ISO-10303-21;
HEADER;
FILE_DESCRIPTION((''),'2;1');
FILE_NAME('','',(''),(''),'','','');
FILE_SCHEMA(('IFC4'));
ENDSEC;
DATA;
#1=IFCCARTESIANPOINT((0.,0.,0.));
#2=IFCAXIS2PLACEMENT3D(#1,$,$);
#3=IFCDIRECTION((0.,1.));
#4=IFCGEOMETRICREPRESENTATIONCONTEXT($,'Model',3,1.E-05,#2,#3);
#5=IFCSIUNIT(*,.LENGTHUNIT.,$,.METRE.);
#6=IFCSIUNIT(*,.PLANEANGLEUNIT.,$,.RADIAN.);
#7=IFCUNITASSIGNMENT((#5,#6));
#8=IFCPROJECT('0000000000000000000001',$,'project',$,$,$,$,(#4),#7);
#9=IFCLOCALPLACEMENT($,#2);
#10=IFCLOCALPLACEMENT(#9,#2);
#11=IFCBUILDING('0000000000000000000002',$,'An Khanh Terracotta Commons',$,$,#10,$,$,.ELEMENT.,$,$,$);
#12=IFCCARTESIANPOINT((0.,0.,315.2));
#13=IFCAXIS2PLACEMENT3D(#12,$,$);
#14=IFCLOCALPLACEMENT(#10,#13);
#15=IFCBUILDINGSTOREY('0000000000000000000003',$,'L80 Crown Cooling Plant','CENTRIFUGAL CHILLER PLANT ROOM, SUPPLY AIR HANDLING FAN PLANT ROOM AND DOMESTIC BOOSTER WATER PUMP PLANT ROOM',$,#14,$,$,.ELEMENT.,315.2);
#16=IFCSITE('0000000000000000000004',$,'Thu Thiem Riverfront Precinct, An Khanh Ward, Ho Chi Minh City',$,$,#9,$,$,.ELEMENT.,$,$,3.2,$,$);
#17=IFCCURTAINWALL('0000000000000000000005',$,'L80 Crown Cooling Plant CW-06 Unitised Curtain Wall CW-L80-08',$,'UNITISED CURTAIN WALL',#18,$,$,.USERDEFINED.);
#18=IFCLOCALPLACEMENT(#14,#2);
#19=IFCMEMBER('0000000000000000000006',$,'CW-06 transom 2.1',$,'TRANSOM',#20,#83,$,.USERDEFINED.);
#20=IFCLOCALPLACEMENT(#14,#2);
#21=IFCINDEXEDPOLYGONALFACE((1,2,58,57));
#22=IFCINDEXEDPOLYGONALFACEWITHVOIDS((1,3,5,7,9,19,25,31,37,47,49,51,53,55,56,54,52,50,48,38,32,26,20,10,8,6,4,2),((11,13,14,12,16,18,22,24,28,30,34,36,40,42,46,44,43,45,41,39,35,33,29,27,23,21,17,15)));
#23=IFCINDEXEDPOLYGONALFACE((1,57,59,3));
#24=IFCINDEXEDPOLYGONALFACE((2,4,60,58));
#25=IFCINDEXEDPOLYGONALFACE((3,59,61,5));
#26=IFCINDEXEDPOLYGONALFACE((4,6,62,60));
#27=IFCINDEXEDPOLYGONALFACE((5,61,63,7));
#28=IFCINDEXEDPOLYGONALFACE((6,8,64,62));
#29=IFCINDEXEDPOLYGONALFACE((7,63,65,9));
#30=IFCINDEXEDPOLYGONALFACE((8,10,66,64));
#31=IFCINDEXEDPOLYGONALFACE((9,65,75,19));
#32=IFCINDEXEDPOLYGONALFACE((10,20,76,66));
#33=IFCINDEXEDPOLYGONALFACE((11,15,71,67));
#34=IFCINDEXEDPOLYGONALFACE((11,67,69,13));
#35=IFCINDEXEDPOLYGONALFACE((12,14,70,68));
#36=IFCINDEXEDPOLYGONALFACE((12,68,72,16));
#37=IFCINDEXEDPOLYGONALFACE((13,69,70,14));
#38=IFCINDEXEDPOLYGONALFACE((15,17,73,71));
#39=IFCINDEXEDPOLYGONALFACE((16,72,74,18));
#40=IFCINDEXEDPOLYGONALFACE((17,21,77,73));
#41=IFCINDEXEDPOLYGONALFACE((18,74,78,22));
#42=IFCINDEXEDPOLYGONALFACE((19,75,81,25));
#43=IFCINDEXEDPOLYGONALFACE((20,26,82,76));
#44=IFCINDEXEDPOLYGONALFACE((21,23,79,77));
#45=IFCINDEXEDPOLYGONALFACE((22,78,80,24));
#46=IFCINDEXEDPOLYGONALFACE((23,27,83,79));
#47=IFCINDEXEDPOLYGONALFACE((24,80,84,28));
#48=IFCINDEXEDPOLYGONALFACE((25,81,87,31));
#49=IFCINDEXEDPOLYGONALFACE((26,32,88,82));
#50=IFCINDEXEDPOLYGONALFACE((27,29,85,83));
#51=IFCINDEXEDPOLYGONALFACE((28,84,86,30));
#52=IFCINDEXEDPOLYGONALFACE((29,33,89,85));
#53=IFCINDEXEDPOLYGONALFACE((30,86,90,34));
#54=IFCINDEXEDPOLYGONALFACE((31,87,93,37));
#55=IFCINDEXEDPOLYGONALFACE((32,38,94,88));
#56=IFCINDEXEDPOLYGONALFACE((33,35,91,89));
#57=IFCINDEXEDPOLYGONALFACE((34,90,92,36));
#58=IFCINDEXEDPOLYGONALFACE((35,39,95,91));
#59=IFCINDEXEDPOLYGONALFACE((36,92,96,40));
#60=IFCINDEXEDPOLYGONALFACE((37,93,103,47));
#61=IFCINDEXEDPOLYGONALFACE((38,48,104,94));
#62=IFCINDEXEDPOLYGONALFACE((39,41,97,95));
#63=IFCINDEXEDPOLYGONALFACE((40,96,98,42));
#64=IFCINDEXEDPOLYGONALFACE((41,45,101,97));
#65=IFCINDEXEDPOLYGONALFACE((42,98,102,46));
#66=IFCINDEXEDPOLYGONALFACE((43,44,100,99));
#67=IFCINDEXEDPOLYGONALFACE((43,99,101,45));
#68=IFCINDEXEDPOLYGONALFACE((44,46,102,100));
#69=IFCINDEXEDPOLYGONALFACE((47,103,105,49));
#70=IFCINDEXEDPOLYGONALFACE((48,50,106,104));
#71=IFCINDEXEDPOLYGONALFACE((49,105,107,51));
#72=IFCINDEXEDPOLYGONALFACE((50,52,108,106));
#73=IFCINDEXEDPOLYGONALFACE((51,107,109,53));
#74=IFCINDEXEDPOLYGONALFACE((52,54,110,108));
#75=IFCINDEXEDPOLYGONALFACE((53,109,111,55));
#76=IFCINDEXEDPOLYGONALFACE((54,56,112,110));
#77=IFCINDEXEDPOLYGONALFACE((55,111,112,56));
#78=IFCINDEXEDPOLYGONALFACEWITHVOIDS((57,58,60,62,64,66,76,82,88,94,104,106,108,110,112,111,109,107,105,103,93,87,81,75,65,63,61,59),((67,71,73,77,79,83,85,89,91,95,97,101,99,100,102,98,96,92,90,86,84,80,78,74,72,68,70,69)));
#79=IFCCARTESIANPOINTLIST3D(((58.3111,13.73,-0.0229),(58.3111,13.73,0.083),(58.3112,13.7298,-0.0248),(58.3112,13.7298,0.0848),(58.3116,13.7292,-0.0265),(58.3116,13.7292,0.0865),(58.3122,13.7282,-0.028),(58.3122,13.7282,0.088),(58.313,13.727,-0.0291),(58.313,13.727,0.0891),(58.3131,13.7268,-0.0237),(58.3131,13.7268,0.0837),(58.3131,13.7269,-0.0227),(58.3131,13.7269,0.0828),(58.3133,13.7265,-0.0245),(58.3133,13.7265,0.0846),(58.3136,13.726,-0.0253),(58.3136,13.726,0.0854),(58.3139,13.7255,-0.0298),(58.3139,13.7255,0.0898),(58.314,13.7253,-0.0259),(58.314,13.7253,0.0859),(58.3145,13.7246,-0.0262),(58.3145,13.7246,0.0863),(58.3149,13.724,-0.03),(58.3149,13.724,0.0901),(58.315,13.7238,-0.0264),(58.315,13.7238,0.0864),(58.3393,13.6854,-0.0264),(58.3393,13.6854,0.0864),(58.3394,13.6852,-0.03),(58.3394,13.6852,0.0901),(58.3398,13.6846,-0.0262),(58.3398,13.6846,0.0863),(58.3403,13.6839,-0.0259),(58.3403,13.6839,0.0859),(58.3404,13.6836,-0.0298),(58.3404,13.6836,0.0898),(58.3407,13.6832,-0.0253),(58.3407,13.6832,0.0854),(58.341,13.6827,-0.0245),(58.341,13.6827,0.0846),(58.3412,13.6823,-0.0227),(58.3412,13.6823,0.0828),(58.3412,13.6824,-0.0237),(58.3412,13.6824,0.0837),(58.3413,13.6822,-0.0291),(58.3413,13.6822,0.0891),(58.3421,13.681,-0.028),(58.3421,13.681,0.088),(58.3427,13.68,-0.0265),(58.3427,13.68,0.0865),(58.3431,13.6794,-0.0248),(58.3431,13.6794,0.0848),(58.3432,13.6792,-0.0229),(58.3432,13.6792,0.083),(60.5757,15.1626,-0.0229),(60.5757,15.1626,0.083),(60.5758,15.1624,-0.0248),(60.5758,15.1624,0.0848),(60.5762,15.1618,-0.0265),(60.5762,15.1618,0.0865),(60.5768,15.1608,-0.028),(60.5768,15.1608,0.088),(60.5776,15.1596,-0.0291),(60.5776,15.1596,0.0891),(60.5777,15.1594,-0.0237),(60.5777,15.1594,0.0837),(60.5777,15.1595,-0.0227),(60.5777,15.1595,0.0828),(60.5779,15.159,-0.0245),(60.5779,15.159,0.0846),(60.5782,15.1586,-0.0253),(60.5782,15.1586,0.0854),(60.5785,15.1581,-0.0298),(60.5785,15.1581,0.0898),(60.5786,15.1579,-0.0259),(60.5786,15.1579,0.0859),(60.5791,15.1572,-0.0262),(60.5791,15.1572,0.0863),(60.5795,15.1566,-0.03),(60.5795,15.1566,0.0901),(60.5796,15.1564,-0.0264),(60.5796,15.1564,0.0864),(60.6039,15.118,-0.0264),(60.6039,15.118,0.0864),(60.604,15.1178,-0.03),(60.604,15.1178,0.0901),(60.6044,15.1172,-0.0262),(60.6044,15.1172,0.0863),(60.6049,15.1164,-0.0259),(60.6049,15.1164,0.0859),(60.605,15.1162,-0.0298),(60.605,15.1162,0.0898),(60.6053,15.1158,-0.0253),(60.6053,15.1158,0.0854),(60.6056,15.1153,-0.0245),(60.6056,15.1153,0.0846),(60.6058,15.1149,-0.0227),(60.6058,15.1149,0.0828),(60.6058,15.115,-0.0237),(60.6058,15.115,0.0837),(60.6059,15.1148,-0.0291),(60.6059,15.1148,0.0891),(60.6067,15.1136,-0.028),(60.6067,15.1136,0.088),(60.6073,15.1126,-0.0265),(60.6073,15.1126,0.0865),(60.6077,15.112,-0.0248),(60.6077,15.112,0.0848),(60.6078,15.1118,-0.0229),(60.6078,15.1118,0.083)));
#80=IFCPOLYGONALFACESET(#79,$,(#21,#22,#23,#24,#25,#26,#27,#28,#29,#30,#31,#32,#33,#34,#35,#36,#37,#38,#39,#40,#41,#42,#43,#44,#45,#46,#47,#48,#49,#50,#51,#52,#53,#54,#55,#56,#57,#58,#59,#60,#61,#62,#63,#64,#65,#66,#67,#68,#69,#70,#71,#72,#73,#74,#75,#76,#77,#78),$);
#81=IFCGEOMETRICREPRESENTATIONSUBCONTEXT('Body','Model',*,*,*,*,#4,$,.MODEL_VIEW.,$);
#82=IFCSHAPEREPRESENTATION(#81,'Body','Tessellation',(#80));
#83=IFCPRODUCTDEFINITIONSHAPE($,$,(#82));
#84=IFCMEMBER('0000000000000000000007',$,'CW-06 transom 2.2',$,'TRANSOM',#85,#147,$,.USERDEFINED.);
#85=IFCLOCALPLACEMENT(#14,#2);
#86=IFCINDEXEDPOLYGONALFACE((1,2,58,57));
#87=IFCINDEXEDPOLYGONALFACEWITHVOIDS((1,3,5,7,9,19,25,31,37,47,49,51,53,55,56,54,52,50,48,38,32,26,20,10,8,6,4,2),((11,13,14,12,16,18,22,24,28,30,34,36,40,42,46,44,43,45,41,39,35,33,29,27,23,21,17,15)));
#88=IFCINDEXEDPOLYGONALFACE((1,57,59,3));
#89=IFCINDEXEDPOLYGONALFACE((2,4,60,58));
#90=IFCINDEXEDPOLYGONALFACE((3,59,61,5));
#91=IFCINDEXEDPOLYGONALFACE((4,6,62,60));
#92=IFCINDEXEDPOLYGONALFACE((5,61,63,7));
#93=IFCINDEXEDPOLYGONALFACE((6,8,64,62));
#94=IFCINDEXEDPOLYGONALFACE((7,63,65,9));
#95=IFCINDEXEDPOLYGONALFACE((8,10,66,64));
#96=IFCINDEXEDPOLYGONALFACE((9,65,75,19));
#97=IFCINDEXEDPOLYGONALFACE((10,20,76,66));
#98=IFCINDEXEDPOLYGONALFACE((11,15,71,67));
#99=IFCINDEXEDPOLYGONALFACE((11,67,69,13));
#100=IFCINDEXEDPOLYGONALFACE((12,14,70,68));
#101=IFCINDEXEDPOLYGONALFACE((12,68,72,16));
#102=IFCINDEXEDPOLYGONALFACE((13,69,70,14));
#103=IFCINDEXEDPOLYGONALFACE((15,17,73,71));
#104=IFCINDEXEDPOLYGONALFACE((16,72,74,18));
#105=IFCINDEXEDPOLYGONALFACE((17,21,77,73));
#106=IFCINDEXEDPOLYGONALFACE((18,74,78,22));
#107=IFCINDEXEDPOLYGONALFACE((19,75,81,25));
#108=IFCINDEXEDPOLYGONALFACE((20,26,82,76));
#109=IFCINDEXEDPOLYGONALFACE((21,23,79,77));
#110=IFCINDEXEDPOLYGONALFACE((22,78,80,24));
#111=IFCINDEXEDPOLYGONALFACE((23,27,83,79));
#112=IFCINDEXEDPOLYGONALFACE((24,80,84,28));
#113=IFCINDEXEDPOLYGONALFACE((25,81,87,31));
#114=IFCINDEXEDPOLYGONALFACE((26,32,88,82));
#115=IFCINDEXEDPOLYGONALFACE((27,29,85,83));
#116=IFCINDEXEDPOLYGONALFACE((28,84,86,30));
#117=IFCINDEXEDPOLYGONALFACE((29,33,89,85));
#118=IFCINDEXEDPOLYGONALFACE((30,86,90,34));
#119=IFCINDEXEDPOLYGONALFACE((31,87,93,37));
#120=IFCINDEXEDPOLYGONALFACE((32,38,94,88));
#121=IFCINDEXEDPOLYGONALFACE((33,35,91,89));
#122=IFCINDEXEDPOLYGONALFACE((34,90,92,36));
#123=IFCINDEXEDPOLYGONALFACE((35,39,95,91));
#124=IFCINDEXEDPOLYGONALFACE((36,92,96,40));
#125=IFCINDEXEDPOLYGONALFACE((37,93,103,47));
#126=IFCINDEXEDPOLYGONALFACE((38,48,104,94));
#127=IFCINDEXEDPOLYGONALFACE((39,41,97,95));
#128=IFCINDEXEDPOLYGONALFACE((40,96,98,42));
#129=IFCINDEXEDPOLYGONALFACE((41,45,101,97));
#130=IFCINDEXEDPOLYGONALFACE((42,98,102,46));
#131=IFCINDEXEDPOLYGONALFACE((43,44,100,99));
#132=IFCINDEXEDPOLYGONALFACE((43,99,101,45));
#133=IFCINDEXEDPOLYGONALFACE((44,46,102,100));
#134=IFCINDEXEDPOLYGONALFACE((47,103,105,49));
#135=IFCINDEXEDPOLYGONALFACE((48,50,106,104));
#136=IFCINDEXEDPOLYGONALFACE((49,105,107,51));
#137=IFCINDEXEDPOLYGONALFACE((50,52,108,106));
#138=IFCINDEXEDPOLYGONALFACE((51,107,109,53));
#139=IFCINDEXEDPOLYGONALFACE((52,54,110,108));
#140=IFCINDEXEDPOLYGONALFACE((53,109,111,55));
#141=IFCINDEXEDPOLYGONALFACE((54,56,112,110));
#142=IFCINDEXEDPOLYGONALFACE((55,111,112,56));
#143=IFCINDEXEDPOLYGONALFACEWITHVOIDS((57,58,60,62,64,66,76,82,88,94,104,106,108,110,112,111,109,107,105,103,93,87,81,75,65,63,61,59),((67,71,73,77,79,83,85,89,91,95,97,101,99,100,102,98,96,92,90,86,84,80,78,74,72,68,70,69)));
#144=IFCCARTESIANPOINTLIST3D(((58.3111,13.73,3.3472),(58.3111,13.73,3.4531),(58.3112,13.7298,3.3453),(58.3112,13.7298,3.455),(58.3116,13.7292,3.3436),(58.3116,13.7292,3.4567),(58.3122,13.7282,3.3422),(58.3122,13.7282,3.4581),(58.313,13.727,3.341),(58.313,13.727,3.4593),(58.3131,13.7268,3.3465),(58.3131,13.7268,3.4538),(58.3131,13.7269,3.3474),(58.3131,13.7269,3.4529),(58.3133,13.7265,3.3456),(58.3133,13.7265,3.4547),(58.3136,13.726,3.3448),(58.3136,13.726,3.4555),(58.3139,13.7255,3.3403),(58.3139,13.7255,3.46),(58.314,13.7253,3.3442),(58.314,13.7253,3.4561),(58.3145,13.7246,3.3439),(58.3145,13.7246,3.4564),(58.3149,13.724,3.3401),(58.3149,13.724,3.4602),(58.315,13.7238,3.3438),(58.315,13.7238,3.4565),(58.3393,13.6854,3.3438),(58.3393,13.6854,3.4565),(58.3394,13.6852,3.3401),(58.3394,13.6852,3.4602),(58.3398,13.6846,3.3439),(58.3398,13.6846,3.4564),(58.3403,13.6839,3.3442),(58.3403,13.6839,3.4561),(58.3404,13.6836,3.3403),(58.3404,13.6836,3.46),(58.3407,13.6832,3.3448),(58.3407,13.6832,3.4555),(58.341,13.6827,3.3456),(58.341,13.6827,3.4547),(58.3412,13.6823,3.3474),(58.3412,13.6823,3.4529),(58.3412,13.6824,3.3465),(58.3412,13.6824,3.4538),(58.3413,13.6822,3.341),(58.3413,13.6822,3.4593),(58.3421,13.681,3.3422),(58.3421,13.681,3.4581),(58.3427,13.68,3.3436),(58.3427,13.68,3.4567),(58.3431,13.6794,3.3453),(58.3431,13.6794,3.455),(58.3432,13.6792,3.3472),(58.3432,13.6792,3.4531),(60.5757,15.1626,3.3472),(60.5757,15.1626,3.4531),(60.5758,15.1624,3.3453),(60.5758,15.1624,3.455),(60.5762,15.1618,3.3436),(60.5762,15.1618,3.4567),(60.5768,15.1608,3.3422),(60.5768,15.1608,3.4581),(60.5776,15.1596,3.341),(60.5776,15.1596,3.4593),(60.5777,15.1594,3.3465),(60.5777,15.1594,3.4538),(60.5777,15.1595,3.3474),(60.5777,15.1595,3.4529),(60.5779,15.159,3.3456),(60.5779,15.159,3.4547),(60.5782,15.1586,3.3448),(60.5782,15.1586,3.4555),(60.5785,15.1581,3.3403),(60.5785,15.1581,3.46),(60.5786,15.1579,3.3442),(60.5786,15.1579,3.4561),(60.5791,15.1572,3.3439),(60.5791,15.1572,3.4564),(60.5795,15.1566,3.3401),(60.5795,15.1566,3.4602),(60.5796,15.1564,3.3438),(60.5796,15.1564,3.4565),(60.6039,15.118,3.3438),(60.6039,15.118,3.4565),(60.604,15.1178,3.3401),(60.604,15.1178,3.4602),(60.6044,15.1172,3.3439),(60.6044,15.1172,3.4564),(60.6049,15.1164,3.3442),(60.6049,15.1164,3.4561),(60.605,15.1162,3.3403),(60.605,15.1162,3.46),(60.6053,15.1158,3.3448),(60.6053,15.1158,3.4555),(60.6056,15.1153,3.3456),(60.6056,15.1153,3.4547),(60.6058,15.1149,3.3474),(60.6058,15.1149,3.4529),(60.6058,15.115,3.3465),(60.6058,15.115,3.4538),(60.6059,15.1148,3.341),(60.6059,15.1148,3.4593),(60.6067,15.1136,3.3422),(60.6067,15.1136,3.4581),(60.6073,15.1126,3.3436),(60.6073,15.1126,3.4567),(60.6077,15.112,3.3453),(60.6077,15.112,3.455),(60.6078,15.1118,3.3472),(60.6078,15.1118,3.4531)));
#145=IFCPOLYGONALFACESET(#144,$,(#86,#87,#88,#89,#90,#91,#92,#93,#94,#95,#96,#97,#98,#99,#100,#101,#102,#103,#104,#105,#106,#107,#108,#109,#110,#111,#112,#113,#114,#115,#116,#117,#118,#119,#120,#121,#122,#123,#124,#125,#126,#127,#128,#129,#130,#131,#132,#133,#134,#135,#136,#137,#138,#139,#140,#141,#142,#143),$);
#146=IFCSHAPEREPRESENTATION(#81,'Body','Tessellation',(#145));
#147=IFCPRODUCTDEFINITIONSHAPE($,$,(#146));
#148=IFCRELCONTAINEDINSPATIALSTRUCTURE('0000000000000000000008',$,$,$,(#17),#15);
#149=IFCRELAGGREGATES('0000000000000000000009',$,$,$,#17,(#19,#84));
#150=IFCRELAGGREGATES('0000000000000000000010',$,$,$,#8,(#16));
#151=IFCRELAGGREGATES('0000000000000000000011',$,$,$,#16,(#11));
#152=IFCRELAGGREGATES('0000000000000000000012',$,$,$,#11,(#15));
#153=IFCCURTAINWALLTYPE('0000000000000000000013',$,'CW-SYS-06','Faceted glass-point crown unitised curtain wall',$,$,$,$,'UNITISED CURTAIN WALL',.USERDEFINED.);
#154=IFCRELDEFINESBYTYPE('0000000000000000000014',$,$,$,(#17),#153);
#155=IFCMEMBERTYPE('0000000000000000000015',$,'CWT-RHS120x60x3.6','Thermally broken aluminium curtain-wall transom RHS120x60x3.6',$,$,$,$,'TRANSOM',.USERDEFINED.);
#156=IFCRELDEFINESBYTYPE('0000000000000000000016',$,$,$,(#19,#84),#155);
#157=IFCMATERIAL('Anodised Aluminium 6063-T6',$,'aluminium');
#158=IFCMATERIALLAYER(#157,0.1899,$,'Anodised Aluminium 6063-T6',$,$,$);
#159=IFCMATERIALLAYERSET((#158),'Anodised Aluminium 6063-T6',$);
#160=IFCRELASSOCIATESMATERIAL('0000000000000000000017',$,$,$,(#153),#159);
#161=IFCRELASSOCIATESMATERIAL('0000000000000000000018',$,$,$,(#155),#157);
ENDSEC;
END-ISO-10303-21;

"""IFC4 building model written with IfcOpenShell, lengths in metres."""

from ifc_helpers import new_model, si_unit, direction, frame, origin, origin_2d, place, context, subcontext, project, spatial, hollow_rectangle, extrude, material, layer, layer_set, material_profile, profile_set, type_object, element, aggregate, save


model = new_model("IFC4")

# Units and contexts
model_context = context("Model", 3, precision=1e-05, world=origin(), true_north=direction((0.0, 1.0)))
body_context = subcontext(model_context, "Body", "Model", "MODEL_VIEW")
ifc_project = project(units=[si_unit("LENGTHUNIT", "METRE"), si_unit("PLANEANGLEUNIT", "RADIAN")], contexts=[model_context])

# Site, building, storey
site_placement = place(None, origin())
site = spatial("IfcSite", under=ifc_project, at=site_placement, Name="Thu Thiem Riverfront Precinct, An Khanh Ward, Ho Chi Minh City", CompositionType="ELEMENT", RefElevation=3.2)
building_placement = place(site_placement, origin())
building = spatial("IfcBuilding", under=site, at=building_placement, Name="An Khanh Terracotta Commons", CompositionType="ELEMENT")
storey_placement = place(building_placement, frame((0.0, 0.0, 315.2)))
storey = spatial("IfcBuildingStorey", under=building, at=storey_placement, Name="L80 Crown Cooling Plant", Description="CENTRIFUGAL CHILLER PLANT ROOM, SUPPLY AIR HANDLING FAN PLANT ROOM AND DOMESTIC BOOSTER WATER PUMP PLANT ROOM", CompositionType="ELEMENT", Elevation=315.2)

# Curtain wall, members
ifc_material_1 = material(Name="Anodised Aluminium 6063-T6", Category="aluminium")
ifc_layer_1 = layer(ifc_material_1, 0.1899, Name="Anodised Aluminium 6063-T6")
ifc_layer_set_1 = layer_set([ifc_layer_1], Name="Anodised Aluminium 6063-T6")
curtain_wall_type = type_object("IfcCurtainWallType", Name="CW-SYS-06", Description="Faceted glass-point crown unitised curtain wall", ElementType="UNITISED CURTAIN WALL", PredefinedType="USERDEFINED", material=ifc_layer_set_1)
curtain_wall_placement = place(storey_placement, origin())
curtain_wall = element("IfcCurtainWall", 1, at=curtain_wall_placement, inside=storey, type_object=curtain_wall_type, Name="L80 Crown Cooling Plant CW-06 Unitised Curtain Wall CW-L80-08", ObjectType="UNITISED CURTAIN WALL", PredefinedType="USERDEFINED")
ifc_material_profile_1 = material_profile(ifc_material_1, hollow_rectangle(XDim=0.0601, YDim=0.1201, WallThickness=0.0037, InnerFilletRadius=0.0037, OuterFilletRadius=0.0071, at=origin_2d()), Name="RHS120x60x3.6")
ifc_profile_set_1 = profile_set([ifc_material_profile_1], Name="Anodised Aluminium 6063-T6")
member_type_1 = type_object("IfcMemberType", Name="CWT-RHS120x60x3.6", Description="Thermally broken aluminium curtain-wall transom RHS120x60x3.6", ElementType="TRANSOM", PredefinedType="USERDEFINED", material=ifc_profile_set_1)
member_1_placement = place(storey_placement, frame((58.3271, 13.7046, 0.03), z_axis=(0.845099, 0.53461, 0.0), x_axis=(-0.53461, 0.845099, 0.0)))
member_1 = element("IfcMember", 2, at=member_1_placement, type_object=member_type_1, Name="CW-06 transom 2.1", ObjectType="TRANSOM", PredefinedType="USERDEFINED", context=body_context, shape_type="SweptSolid", body=[
    extrude(hollow_rectangle(XDim=0.0601, YDim=0.1201, WallThickness=0.0037, InnerFilletRadius=0.0037, OuterFilletRadius=0.0071, at=origin_2d()), origin(), (0.0, 0.0, 1.0), 2.6797),
])
member_2_placement = place(storey_placement, frame((58.3271, 13.7046, 3.4001), z_axis=(0.845099, 0.53461, 0.0), x_axis=(-0.53461, 0.845099, 0.0)))
member_2 = element("IfcMember", 3, at=member_2_placement, type_object=member_type_1, Name="CW-06 transom 2.2", ObjectType="TRANSOM", PredefinedType="USERDEFINED", context=body_context, shape_type="SweptSolid", body=[
    extrude(hollow_rectangle(XDim=0.0601, YDim=0.1201, WallThickness=0.0037, InnerFilletRadius=0.0037, OuterFilletRadius=0.0071, at=origin_2d()), origin(), (0.0, 0.0, 1.0), 2.6797),
])
aggregate(curtain_wall, [member_1, member_2])

save(model, "model.ifc")
